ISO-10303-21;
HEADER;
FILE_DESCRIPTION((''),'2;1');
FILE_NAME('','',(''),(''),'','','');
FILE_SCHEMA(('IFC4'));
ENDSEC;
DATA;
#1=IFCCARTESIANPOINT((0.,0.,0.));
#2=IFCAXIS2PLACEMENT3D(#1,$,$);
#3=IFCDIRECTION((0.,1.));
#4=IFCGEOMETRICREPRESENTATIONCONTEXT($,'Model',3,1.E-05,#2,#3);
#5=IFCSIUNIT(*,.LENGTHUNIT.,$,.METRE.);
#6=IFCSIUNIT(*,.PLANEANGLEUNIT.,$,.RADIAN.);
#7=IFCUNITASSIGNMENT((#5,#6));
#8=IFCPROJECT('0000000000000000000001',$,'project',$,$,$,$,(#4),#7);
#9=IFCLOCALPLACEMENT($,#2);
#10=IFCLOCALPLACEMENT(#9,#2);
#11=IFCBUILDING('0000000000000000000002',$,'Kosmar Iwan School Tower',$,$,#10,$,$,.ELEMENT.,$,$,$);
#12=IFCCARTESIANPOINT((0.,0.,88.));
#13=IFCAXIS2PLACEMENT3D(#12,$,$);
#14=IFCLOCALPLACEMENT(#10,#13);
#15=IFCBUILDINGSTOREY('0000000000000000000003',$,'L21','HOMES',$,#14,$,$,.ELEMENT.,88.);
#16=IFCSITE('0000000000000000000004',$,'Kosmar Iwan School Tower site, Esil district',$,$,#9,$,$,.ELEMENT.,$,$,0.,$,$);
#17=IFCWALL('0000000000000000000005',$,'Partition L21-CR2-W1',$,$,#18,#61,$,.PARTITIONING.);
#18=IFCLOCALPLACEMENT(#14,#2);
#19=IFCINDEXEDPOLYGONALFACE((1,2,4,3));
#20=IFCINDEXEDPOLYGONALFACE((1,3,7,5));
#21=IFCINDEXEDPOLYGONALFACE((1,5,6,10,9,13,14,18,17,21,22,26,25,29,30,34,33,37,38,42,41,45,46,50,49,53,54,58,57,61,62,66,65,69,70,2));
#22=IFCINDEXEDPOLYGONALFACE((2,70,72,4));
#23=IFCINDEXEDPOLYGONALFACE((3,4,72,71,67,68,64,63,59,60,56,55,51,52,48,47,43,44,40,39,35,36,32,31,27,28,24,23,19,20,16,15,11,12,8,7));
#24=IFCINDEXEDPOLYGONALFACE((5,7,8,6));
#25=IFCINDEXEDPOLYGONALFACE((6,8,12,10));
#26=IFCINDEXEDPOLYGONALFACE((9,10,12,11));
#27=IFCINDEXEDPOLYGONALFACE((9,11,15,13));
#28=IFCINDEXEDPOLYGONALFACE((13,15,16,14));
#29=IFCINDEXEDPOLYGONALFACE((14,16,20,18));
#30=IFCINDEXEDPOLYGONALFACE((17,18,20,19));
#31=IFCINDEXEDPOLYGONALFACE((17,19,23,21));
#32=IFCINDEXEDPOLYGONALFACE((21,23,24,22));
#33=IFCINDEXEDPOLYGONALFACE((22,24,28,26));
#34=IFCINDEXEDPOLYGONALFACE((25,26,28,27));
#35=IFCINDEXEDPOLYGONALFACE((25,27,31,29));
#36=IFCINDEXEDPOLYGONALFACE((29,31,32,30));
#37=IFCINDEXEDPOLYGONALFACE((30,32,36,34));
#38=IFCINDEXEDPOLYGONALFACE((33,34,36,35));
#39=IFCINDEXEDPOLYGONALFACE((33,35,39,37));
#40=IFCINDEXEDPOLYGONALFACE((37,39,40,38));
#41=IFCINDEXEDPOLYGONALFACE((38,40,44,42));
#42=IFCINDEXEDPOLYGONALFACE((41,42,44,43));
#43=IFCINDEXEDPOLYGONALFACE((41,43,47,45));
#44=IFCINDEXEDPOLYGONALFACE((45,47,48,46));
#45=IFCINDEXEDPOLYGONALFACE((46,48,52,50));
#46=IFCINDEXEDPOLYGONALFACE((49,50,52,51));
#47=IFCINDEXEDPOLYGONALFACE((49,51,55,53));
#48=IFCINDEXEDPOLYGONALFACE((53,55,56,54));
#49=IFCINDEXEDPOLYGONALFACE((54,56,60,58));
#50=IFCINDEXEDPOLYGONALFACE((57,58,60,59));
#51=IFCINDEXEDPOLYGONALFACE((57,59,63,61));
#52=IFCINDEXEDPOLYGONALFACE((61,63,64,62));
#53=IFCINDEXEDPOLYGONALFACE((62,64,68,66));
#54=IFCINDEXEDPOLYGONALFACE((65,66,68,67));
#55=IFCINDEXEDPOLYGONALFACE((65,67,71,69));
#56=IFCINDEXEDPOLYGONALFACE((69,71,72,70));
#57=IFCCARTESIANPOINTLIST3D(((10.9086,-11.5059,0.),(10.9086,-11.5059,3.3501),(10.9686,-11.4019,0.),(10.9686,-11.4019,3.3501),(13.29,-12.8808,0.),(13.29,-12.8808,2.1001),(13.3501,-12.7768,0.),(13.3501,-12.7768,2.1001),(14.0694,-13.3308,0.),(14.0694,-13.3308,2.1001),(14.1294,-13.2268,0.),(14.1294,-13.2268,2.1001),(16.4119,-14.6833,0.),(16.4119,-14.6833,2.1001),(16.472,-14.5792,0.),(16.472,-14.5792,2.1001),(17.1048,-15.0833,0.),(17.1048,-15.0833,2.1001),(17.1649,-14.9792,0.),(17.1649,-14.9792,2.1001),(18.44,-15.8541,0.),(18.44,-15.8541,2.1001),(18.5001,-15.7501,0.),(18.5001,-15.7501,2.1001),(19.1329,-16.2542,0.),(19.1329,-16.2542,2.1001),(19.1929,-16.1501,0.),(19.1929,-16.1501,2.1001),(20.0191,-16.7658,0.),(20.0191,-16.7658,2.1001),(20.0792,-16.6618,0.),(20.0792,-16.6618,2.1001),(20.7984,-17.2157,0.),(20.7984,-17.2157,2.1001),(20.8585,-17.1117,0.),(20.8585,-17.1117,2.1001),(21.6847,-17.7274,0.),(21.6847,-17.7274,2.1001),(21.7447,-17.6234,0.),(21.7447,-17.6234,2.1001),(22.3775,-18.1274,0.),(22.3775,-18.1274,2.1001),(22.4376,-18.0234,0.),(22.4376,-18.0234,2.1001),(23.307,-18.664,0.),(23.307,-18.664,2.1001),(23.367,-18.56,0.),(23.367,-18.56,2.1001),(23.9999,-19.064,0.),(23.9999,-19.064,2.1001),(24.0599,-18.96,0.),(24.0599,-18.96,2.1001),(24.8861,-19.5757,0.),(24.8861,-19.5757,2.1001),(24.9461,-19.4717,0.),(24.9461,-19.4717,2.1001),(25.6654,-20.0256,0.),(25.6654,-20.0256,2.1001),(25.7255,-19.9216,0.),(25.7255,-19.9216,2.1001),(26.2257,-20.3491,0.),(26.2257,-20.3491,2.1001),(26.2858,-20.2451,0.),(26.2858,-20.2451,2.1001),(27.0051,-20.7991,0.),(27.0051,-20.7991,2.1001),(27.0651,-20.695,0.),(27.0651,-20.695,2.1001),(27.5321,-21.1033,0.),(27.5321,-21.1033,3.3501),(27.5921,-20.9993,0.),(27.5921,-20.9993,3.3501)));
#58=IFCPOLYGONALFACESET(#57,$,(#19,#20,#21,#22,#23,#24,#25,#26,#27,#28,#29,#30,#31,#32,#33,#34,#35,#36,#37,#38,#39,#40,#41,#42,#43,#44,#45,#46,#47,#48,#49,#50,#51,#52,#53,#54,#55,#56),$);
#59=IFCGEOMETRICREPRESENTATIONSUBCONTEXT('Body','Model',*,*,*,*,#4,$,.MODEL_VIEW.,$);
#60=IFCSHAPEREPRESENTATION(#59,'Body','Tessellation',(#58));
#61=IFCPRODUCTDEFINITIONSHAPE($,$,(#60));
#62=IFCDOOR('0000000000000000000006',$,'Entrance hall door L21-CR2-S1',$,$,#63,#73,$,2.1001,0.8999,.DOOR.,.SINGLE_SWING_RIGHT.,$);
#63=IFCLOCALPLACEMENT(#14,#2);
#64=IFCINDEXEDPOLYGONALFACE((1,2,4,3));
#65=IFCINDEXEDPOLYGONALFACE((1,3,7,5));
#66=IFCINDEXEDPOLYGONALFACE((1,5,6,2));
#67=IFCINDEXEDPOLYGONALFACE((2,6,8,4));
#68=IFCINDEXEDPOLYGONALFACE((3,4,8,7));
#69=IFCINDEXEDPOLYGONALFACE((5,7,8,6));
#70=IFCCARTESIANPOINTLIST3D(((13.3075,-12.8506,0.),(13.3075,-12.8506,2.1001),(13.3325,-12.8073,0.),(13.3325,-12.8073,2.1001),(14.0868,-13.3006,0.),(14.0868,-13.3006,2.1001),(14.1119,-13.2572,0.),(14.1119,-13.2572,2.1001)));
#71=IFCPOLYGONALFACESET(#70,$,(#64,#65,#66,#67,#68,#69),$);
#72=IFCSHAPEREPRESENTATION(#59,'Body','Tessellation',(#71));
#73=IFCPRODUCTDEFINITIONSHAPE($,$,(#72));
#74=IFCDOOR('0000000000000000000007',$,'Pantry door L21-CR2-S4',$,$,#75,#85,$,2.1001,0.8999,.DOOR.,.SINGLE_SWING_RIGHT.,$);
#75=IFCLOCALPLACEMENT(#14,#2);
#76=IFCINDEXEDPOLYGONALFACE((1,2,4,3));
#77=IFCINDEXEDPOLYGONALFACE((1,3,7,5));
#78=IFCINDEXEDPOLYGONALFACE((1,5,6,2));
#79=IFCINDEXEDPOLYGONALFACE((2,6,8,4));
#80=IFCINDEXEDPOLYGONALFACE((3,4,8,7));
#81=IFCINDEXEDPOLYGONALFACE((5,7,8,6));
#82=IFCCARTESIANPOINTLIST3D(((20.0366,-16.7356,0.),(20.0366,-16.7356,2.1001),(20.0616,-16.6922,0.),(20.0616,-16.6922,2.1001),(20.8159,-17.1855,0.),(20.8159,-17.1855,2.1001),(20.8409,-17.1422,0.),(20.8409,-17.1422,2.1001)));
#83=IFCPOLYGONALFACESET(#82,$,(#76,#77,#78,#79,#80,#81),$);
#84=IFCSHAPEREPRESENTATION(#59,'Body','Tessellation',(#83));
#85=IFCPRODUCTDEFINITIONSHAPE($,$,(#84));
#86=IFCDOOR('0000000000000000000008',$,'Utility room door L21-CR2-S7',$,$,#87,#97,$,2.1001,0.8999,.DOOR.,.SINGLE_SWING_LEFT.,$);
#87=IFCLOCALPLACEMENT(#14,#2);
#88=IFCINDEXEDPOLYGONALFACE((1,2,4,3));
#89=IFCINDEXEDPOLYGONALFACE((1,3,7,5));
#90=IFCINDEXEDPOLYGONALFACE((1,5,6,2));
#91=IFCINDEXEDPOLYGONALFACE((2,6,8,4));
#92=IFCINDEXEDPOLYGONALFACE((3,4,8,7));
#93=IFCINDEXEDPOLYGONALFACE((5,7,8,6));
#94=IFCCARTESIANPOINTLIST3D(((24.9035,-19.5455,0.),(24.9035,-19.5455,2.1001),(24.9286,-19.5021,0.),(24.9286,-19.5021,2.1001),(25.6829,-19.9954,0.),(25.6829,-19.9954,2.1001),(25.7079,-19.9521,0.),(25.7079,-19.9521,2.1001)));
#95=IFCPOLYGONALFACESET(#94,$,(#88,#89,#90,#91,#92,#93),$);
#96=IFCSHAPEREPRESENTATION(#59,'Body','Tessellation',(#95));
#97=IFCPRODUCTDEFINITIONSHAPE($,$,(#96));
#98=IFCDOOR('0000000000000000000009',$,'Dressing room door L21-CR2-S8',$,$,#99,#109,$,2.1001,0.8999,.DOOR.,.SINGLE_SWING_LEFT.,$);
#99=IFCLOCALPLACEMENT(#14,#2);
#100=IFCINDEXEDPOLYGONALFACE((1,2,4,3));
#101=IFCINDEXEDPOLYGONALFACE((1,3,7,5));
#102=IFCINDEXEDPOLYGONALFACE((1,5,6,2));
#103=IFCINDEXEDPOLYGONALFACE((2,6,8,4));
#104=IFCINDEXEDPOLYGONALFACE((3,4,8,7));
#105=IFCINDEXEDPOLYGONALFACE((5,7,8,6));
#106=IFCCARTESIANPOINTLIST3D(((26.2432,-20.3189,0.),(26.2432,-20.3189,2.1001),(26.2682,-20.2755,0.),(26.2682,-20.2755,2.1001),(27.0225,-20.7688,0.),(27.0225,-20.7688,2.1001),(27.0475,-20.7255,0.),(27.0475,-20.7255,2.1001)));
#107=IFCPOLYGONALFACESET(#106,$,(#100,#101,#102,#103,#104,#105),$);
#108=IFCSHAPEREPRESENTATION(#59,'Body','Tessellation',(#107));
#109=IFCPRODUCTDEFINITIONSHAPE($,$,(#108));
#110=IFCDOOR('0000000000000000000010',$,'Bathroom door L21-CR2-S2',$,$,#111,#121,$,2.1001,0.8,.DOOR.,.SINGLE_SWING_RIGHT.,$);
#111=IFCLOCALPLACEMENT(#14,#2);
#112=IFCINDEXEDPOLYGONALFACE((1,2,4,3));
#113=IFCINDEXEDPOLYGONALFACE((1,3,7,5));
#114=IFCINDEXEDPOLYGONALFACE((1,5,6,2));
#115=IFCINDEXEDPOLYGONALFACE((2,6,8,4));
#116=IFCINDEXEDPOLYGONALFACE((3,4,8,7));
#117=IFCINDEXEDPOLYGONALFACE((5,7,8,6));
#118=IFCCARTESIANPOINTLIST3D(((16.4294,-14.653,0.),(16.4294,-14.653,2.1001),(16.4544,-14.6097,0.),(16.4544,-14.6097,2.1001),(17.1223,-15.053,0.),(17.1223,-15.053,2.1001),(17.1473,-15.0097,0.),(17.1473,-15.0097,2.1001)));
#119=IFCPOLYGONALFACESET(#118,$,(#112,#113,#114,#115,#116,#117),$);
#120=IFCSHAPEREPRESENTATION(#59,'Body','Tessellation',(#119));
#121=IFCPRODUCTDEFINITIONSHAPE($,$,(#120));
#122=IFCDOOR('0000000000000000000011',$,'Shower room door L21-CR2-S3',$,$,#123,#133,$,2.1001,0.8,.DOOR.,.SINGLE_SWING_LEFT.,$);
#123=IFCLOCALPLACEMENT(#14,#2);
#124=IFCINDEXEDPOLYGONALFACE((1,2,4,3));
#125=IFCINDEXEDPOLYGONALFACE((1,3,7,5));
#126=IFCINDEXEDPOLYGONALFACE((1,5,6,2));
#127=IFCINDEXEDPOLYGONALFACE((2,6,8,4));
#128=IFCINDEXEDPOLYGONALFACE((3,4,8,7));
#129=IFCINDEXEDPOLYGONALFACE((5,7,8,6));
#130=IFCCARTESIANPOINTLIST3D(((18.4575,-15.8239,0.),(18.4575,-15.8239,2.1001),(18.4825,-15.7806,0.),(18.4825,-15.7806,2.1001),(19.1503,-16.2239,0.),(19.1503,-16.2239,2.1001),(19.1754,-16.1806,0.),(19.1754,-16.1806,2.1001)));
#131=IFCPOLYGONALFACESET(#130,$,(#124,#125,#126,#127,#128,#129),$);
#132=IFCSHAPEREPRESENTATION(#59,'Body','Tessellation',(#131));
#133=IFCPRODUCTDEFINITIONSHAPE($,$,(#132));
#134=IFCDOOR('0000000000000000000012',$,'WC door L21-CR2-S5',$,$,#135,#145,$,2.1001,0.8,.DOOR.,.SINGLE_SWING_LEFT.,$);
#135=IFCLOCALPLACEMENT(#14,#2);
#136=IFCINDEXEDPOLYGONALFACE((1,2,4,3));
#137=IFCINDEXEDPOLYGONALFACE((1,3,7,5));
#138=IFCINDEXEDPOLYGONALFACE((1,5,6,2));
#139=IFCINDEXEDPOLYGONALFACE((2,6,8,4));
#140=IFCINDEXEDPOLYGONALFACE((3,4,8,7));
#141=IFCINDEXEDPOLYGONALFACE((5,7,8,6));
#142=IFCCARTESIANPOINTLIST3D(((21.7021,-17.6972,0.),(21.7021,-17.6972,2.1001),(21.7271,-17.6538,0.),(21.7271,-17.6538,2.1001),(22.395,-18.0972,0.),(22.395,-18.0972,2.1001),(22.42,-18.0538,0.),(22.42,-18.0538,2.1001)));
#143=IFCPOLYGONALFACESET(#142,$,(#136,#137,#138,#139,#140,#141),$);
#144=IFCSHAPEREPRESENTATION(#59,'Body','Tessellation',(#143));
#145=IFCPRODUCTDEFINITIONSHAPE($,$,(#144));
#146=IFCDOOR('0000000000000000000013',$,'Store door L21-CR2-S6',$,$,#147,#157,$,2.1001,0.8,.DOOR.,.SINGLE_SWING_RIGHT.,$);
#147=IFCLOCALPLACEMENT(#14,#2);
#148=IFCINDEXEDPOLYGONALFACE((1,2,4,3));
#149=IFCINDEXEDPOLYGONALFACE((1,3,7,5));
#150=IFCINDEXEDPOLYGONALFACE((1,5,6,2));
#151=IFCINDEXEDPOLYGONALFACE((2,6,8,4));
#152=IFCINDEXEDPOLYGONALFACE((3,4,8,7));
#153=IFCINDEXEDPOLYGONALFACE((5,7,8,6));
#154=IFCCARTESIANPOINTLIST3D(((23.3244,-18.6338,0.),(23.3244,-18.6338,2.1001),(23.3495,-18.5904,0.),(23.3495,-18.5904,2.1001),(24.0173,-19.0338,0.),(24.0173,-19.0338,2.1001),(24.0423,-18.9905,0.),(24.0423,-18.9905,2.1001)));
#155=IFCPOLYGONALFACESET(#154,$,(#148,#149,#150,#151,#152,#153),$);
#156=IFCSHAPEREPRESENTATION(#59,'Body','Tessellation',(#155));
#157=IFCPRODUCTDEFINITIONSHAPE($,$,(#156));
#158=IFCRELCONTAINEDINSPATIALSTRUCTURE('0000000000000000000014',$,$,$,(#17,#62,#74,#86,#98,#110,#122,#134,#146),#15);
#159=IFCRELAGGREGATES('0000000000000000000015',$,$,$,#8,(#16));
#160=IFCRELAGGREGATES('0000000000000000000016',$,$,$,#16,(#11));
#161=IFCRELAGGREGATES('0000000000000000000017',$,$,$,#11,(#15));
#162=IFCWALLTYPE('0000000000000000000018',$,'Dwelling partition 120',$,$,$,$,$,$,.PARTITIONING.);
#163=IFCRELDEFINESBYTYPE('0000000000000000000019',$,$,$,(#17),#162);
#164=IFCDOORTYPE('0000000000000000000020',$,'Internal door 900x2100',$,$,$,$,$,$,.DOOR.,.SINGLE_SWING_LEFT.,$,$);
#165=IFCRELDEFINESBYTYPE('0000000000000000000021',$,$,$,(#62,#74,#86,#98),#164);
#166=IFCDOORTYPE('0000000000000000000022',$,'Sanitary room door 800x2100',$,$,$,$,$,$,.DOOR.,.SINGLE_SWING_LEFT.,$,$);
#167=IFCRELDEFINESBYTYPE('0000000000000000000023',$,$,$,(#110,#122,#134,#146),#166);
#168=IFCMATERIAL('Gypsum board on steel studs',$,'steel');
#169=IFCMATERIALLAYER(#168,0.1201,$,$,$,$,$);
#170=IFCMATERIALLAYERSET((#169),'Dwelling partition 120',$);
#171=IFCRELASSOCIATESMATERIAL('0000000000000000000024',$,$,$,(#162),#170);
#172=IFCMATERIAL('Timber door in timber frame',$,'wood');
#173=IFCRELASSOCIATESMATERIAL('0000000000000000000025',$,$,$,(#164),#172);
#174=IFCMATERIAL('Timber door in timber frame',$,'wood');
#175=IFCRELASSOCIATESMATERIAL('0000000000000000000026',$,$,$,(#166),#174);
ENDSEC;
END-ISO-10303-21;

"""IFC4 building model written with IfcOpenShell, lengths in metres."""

from ifc_helpers import new_model, si_unit, direction, frame, frame_2d, origin, place, context, subcontext, project, spatial, rectangle, extrude, material, layer, layer_set, type_object, element, fill, save


model = new_model("IFC4")

# Units and contexts
model_context = context("Model", 3, precision=1e-05, world=origin(), true_north=direction((0.0, 1.0)))
body_context = subcontext(model_context, "Body", "Model", "MODEL_VIEW")
ifc_project = project(units=[si_unit("LENGTHUNIT", "METRE"), si_unit("PLANEANGLEUNIT", "RADIAN")], contexts=[model_context])

# Site, building, storey
site_placement = place(None, origin())
site = spatial("IfcSite", under=ifc_project, at=site_placement, Name="Kosmar Iwan School Tower site, Esil district", CompositionType="ELEMENT", RefElevation=0.0)
building_placement = place(site_placement, origin())
building = spatial("IfcBuilding", under=site, at=building_placement, Name="Kosmar Iwan School Tower", CompositionType="ELEMENT")
storey_placement = place(building_placement, frame((0.0, 0.0, 88.0)))
storey = spatial("IfcBuildingStorey", under=building, at=storey_placement, Name="L21", Description="HOMES", CompositionType="ELEMENT", Elevation=88.0)

# Shared definitions
ifc_material_1 = material(Name="Gypsum board on steel studs", Category="steel")
ifc_layer_1 = layer(ifc_material_1, 0.1201)
ifc_layer_set_1 = layer_set([ifc_layer_1], Name="Dwelling partition 120")
wall_type_1 = type_object("IfcWallType", Name="Dwelling partition 120", PredefinedType="PARTITIONING", material=ifc_layer_set_1)

# Wall, openings, doors
wall_1_placement = place(storey_placement, frame((10.9385, -11.4539, 0.0), z_axis=(0.0, 0.0, 1.0), x_axis=(0.86603, -0.499993, 0.0)))
wall_1 = element("IfcWall", 1, at=wall_1_placement, inside=storey, type_object=wall_type_1, Name="Partition L21-CR2-W1", PredefinedType="PARTITIONING", context=body_context, shape_type="SweptSolid", body=[
    extrude(rectangle(XDim=19.1951, YDim=0.1201, at=frame_2d((9.5977, 0.0))), origin(), (0.0, 0.0, 1.0), 3.3501),
])
opening_1_placement = place(wall_1_placement, frame((2.75, 0.0, 0.0)))
opening_1 = element("IfcOpeningElement", 2, at=opening_1_placement, cuts=wall_1, PredefinedType="OPENING", context=body_context, shape_type="SweptSolid", body=[
    extrude(rectangle(XDim=0.8999, YDim=2.1001, at=frame_2d((0.45, 1.05))), frame((0.0, 0.072, 0.0), z_axis=(0.0, -1.0, 0.0), x_axis=(1.0, 0.0, 0.0)), (0.0, 0.0, 1.0), 0.144),
])
opening_2_placement = place(wall_1_placement, frame((6.355, 0.0, 0.0)))
opening_2 = element("IfcOpeningElement", 3, at=opening_2_placement, cuts=wall_1, PredefinedType="OPENING", context=body_context, shape_type="SweptSolid", body=[
    extrude(rectangle(XDim=0.8, YDim=2.1001, at=frame_2d((0.3999, 1.05))), frame((0.0, 0.072, 0.0), z_axis=(0.0, -1.0, 0.0), x_axis=(1.0, 0.0, 0.0)), (0.0, 0.0, 1.0), 0.144),
])
opening_3_placement = place(wall_1_placement, frame((8.6968, 0.0, 0.0)))
opening_3 = element("IfcOpeningElement", 4, at=opening_3_placement, cuts=wall_1, PredefinedType="OPENING", context=body_context, shape_type="SweptSolid", body=[
    extrude(rectangle(XDim=0.8, YDim=2.1001, at=frame_2d((0.3999, 1.05))), frame((0.0, 0.072, 0.0), z_axis=(0.0, -1.0, 0.0), x_axis=(1.0, 0.0, 0.0)), (0.0, 0.0, 1.0), 0.144),
])
opening_4_placement = place(wall_1_placement, frame((10.52, 0.0, 0.0)))
opening_4 = element("IfcOpeningElement", 5, at=opening_4_placement, cuts=wall_1, PredefinedType="OPENING", context=body_context, shape_type="SweptSolid", body=[
    extrude(rectangle(XDim=0.8999, YDim=2.1001, at=frame_2d((0.45, 1.05))), frame((0.0, 0.072, 0.0), z_axis=(0.0, -1.0, 0.0), x_axis=(1.0, 0.0, 0.0)), (0.0, 0.0, 1.0), 0.144),
])
opening_5_placement = place(wall_1_placement, frame((12.4434, 0.0, 0.0)))
opening_5 = element("IfcOpeningElement", 6, at=opening_5_placement, cuts=wall_1, PredefinedType="OPENING", context=body_context, shape_type="SweptSolid", body=[
    extrude(rectangle(XDim=0.8, YDim=2.1001, at=frame_2d((0.3999, 1.05))), frame((0.0, 0.072, 0.0), z_axis=(0.0, -1.0, 0.0), x_axis=(1.0, 0.0, 0.0)), (0.0, 0.0, 1.0), 0.144),
])
opening_6_placement = place(wall_1_placement, frame((14.3167, 0.0, 0.0)))
opening_6 = element("IfcOpeningElement", 7, at=opening_6_placement, cuts=wall_1, PredefinedType="OPENING", context=body_context, shape_type="SweptSolid", body=[
    extrude(rectangle(XDim=0.8, YDim=2.1001, at=frame_2d((0.3999, 1.05))), frame((0.0, 0.072, 0.0), z_axis=(0.0, -1.0, 0.0), x_axis=(1.0, 0.0, 0.0)), (0.0, 0.0, 1.0), 0.144),
])
opening_7_placement = place(wall_1_placement, frame((16.1399, 0.0, 0.0)))
opening_7 = element("IfcOpeningElement", 8, at=opening_7_placement, cuts=wall_1, PredefinedType="OPENING", context=body_context, shape_type="SweptSolid", body=[
    extrude(rectangle(XDim=0.8999, YDim=2.1001, at=frame_2d((0.45, 1.05))), frame((0.0, 0.072, 0.0), z_axis=(0.0, -1.0, 0.0), x_axis=(1.0, 0.0, 0.0)), (0.0, 0.0, 1.0), 0.144),
])
opening_8_placement = place(wall_1_placement, frame((17.6868, 0.0, 0.0)))
opening_8 = element("IfcOpeningElement", 9, at=opening_8_placement, cuts=wall_1, PredefinedType="OPENING", context=body_context, shape_type="SweptSolid", body=[
    extrude(rectangle(XDim=0.8999, YDim=2.1001, at=frame_2d((0.45, 1.05))), frame((0.0, 0.072, 0.0), z_axis=(0.0, -1.0, 0.0), x_axis=(1.0, 0.0, 0.0)), (0.0, 0.0, 1.0), 0.144),
])
ifc_material_2 = material(Name="Timber door in timber frame", Category="wood")
door_type_1 = type_object("IfcDoorType", Name="Internal door 900x2100", OperationType="SINGLE_SWING_LEFT", PredefinedType="DOOR", material=ifc_material_2)
door_1_placement = place(opening_1_placement, origin())
door_1 = element("IfcDoor", 10, at=door_1_placement, inside=storey, type_object=door_type_1, Name="Entrance hall door L21-CR2-S1", OperationType="SINGLE_SWING_RIGHT", OverallHeight=2.1001, OverallWidth=0.8999, PredefinedType="DOOR", context=body_context, shape_type="SweptSolid", body=[
    extrude(rectangle(XDim=0.8999, YDim=2.1001, at=frame_2d((0.45, 1.05))), frame((0.0, 0.0249, 0.0), z_axis=(0.0, -1.0, 0.0), x_axis=(1.0, 0.0, 0.0)), (0.0, 0.0, 1.0), 0.05),
])
fill(opening_1, door_1)
door_2_placement = place(opening_4_placement, origin())
door_2 = element("IfcDoor", 11, at=door_2_placement, inside=storey, type_object=door_type_1, Name="Pantry door L21-CR2-S4", OperationType="SINGLE_SWING_RIGHT", OverallHeight=2.1001, OverallWidth=0.8999, PredefinedType="DOOR", context=body_context, shape_type="SweptSolid", body=[
    extrude(rectangle(XDim=0.8999, YDim=2.1001, at=frame_2d((0.45, 1.05))), frame((0.0, 0.0249, 0.0), z_axis=(0.0, -1.0, 0.0), x_axis=(1.0, 0.0, 0.0)), (0.0, 0.0, 1.0), 0.05),
])
fill(opening_4, door_2)
door_3_placement = place(opening_7_placement, origin())
door_3 = element("IfcDoor", 12, at=door_3_placement, inside=storey, type_object=door_type_1, Name="Utility room door L21-CR2-S7", OperationType="SINGLE_SWING_LEFT", OverallHeight=2.1001, OverallWidth=0.8999, PredefinedType="DOOR", context=body_context, shape_type="SweptSolid", body=[
    extrude(rectangle(XDim=0.8999, YDim=2.1001, at=frame_2d((0.45, 1.05))), frame((0.0, 0.0249, 0.0), z_axis=(0.0, -1.0, 0.0), x_axis=(1.0, 0.0, 0.0)), (0.0, 0.0, 1.0), 0.05),
])
fill(opening_7, door_3)
door_4_placement = place(opening_8_placement, origin())
door_4 = element("IfcDoor", 13, at=door_4_placement, inside=storey, type_object=door_type_1, Name="Dressing room door L21-CR2-S8", OperationType="SINGLE_SWING_LEFT", OverallHeight=2.1001, OverallWidth=0.8999, PredefinedType="DOOR", context=body_context, shape_type="SweptSolid", body=[
    extrude(rectangle(XDim=0.8999, YDim=2.1001, at=frame_2d((0.45, 1.05))), frame((0.0, 0.0249, 0.0), z_axis=(0.0, -1.0, 0.0), x_axis=(1.0, 0.0, 0.0)), (0.0, 0.0, 1.0), 0.05),
])
fill(opening_8, door_4)
ifc_material_3 = material(Name="Timber door in timber frame", Category="wood")
door_type_2 = type_object("IfcDoorType", Name="Sanitary room door 800x2100", OperationType="SINGLE_SWING_LEFT", PredefinedType="DOOR", material=ifc_material_3)
door_5_placement = place(opening_2_placement, origin())
door_5 = element("IfcDoor", 14, at=door_5_placement, inside=storey, type_object=door_type_2, Name="Bathroom door L21-CR2-S2", OperationType="SINGLE_SWING_RIGHT", OverallHeight=2.1001, OverallWidth=0.8, PredefinedType="DOOR", context=body_context, shape_type="SweptSolid", body=[
    extrude(rectangle(XDim=0.8, YDim=2.1001, at=frame_2d((0.3999, 1.05))), frame((0.0, 0.0249, 0.0), z_axis=(0.0, -1.0, 0.0), x_axis=(1.0, 0.0, 0.0)), (0.0, 0.0, 1.0), 0.05),
])
fill(opening_2, door_5)
door_6_placement = place(opening_3_placement, origin())
door_6 = element("IfcDoor", 15, at=door_6_placement, inside=storey, type_object=door_type_2, Name="Shower room door L21-CR2-S3", OperationType="SINGLE_SWING_LEFT", OverallHeight=2.1001, OverallWidth=0.8, PredefinedType="DOOR", context=body_context, shape_type="SweptSolid", body=[
    extrude(rectangle(XDim=0.8, YDim=2.1001, at=frame_2d((0.3999, 1.05))), frame((0.0, 0.0249, 0.0), z_axis=(0.0, -1.0, 0.0), x_axis=(1.0, 0.0, 0.0)), (0.0, 0.0, 1.0), 0.05),
])
fill(opening_3, door_6)
door_7_placement = place(opening_5_placement, origin())
door_7 = element("IfcDoor", 16, at=door_7_placement, inside=storey, type_object=door_type_2, Name="WC door L21-CR2-S5", OperationType="SINGLE_SWING_LEFT", OverallHeight=2.1001, OverallWidth=0.8, PredefinedType="DOOR", context=body_context, shape_type="SweptSolid", body=[
    extrude(rectangle(XDim=0.8, YDim=2.1001, at=frame_2d((0.3999, 1.05))), frame((0.0, 0.0249, 0.0), z_axis=(0.0, -1.0, 0.0), x_axis=(1.0, 0.0, 0.0)), (0.0, 0.0, 1.0), 0.05),
])
fill(opening_5, door_7)
door_8_placement = place(opening_6_placement, origin())
door_8 = element("IfcDoor", 17, at=door_8_placement, inside=storey, type_object=door_type_2, Name="Store door L21-CR2-S6", OperationType="SINGLE_SWING_RIGHT", OverallHeight=2.1001, OverallWidth=0.8, PredefinedType="DOOR", context=body_context, shape_type="SweptSolid", body=[
    extrude(rectangle(XDim=0.8, YDim=2.1001, at=frame_2d((0.3999, 1.05))), frame((0.0, 0.0249, 0.0), z_axis=(0.0, -1.0, 0.0), x_axis=(1.0, 0.0, 0.0)), (0.0, 0.0, 1.0), 0.05),
])
fill(opening_6, door_8)

save(model, "model.ifc")
